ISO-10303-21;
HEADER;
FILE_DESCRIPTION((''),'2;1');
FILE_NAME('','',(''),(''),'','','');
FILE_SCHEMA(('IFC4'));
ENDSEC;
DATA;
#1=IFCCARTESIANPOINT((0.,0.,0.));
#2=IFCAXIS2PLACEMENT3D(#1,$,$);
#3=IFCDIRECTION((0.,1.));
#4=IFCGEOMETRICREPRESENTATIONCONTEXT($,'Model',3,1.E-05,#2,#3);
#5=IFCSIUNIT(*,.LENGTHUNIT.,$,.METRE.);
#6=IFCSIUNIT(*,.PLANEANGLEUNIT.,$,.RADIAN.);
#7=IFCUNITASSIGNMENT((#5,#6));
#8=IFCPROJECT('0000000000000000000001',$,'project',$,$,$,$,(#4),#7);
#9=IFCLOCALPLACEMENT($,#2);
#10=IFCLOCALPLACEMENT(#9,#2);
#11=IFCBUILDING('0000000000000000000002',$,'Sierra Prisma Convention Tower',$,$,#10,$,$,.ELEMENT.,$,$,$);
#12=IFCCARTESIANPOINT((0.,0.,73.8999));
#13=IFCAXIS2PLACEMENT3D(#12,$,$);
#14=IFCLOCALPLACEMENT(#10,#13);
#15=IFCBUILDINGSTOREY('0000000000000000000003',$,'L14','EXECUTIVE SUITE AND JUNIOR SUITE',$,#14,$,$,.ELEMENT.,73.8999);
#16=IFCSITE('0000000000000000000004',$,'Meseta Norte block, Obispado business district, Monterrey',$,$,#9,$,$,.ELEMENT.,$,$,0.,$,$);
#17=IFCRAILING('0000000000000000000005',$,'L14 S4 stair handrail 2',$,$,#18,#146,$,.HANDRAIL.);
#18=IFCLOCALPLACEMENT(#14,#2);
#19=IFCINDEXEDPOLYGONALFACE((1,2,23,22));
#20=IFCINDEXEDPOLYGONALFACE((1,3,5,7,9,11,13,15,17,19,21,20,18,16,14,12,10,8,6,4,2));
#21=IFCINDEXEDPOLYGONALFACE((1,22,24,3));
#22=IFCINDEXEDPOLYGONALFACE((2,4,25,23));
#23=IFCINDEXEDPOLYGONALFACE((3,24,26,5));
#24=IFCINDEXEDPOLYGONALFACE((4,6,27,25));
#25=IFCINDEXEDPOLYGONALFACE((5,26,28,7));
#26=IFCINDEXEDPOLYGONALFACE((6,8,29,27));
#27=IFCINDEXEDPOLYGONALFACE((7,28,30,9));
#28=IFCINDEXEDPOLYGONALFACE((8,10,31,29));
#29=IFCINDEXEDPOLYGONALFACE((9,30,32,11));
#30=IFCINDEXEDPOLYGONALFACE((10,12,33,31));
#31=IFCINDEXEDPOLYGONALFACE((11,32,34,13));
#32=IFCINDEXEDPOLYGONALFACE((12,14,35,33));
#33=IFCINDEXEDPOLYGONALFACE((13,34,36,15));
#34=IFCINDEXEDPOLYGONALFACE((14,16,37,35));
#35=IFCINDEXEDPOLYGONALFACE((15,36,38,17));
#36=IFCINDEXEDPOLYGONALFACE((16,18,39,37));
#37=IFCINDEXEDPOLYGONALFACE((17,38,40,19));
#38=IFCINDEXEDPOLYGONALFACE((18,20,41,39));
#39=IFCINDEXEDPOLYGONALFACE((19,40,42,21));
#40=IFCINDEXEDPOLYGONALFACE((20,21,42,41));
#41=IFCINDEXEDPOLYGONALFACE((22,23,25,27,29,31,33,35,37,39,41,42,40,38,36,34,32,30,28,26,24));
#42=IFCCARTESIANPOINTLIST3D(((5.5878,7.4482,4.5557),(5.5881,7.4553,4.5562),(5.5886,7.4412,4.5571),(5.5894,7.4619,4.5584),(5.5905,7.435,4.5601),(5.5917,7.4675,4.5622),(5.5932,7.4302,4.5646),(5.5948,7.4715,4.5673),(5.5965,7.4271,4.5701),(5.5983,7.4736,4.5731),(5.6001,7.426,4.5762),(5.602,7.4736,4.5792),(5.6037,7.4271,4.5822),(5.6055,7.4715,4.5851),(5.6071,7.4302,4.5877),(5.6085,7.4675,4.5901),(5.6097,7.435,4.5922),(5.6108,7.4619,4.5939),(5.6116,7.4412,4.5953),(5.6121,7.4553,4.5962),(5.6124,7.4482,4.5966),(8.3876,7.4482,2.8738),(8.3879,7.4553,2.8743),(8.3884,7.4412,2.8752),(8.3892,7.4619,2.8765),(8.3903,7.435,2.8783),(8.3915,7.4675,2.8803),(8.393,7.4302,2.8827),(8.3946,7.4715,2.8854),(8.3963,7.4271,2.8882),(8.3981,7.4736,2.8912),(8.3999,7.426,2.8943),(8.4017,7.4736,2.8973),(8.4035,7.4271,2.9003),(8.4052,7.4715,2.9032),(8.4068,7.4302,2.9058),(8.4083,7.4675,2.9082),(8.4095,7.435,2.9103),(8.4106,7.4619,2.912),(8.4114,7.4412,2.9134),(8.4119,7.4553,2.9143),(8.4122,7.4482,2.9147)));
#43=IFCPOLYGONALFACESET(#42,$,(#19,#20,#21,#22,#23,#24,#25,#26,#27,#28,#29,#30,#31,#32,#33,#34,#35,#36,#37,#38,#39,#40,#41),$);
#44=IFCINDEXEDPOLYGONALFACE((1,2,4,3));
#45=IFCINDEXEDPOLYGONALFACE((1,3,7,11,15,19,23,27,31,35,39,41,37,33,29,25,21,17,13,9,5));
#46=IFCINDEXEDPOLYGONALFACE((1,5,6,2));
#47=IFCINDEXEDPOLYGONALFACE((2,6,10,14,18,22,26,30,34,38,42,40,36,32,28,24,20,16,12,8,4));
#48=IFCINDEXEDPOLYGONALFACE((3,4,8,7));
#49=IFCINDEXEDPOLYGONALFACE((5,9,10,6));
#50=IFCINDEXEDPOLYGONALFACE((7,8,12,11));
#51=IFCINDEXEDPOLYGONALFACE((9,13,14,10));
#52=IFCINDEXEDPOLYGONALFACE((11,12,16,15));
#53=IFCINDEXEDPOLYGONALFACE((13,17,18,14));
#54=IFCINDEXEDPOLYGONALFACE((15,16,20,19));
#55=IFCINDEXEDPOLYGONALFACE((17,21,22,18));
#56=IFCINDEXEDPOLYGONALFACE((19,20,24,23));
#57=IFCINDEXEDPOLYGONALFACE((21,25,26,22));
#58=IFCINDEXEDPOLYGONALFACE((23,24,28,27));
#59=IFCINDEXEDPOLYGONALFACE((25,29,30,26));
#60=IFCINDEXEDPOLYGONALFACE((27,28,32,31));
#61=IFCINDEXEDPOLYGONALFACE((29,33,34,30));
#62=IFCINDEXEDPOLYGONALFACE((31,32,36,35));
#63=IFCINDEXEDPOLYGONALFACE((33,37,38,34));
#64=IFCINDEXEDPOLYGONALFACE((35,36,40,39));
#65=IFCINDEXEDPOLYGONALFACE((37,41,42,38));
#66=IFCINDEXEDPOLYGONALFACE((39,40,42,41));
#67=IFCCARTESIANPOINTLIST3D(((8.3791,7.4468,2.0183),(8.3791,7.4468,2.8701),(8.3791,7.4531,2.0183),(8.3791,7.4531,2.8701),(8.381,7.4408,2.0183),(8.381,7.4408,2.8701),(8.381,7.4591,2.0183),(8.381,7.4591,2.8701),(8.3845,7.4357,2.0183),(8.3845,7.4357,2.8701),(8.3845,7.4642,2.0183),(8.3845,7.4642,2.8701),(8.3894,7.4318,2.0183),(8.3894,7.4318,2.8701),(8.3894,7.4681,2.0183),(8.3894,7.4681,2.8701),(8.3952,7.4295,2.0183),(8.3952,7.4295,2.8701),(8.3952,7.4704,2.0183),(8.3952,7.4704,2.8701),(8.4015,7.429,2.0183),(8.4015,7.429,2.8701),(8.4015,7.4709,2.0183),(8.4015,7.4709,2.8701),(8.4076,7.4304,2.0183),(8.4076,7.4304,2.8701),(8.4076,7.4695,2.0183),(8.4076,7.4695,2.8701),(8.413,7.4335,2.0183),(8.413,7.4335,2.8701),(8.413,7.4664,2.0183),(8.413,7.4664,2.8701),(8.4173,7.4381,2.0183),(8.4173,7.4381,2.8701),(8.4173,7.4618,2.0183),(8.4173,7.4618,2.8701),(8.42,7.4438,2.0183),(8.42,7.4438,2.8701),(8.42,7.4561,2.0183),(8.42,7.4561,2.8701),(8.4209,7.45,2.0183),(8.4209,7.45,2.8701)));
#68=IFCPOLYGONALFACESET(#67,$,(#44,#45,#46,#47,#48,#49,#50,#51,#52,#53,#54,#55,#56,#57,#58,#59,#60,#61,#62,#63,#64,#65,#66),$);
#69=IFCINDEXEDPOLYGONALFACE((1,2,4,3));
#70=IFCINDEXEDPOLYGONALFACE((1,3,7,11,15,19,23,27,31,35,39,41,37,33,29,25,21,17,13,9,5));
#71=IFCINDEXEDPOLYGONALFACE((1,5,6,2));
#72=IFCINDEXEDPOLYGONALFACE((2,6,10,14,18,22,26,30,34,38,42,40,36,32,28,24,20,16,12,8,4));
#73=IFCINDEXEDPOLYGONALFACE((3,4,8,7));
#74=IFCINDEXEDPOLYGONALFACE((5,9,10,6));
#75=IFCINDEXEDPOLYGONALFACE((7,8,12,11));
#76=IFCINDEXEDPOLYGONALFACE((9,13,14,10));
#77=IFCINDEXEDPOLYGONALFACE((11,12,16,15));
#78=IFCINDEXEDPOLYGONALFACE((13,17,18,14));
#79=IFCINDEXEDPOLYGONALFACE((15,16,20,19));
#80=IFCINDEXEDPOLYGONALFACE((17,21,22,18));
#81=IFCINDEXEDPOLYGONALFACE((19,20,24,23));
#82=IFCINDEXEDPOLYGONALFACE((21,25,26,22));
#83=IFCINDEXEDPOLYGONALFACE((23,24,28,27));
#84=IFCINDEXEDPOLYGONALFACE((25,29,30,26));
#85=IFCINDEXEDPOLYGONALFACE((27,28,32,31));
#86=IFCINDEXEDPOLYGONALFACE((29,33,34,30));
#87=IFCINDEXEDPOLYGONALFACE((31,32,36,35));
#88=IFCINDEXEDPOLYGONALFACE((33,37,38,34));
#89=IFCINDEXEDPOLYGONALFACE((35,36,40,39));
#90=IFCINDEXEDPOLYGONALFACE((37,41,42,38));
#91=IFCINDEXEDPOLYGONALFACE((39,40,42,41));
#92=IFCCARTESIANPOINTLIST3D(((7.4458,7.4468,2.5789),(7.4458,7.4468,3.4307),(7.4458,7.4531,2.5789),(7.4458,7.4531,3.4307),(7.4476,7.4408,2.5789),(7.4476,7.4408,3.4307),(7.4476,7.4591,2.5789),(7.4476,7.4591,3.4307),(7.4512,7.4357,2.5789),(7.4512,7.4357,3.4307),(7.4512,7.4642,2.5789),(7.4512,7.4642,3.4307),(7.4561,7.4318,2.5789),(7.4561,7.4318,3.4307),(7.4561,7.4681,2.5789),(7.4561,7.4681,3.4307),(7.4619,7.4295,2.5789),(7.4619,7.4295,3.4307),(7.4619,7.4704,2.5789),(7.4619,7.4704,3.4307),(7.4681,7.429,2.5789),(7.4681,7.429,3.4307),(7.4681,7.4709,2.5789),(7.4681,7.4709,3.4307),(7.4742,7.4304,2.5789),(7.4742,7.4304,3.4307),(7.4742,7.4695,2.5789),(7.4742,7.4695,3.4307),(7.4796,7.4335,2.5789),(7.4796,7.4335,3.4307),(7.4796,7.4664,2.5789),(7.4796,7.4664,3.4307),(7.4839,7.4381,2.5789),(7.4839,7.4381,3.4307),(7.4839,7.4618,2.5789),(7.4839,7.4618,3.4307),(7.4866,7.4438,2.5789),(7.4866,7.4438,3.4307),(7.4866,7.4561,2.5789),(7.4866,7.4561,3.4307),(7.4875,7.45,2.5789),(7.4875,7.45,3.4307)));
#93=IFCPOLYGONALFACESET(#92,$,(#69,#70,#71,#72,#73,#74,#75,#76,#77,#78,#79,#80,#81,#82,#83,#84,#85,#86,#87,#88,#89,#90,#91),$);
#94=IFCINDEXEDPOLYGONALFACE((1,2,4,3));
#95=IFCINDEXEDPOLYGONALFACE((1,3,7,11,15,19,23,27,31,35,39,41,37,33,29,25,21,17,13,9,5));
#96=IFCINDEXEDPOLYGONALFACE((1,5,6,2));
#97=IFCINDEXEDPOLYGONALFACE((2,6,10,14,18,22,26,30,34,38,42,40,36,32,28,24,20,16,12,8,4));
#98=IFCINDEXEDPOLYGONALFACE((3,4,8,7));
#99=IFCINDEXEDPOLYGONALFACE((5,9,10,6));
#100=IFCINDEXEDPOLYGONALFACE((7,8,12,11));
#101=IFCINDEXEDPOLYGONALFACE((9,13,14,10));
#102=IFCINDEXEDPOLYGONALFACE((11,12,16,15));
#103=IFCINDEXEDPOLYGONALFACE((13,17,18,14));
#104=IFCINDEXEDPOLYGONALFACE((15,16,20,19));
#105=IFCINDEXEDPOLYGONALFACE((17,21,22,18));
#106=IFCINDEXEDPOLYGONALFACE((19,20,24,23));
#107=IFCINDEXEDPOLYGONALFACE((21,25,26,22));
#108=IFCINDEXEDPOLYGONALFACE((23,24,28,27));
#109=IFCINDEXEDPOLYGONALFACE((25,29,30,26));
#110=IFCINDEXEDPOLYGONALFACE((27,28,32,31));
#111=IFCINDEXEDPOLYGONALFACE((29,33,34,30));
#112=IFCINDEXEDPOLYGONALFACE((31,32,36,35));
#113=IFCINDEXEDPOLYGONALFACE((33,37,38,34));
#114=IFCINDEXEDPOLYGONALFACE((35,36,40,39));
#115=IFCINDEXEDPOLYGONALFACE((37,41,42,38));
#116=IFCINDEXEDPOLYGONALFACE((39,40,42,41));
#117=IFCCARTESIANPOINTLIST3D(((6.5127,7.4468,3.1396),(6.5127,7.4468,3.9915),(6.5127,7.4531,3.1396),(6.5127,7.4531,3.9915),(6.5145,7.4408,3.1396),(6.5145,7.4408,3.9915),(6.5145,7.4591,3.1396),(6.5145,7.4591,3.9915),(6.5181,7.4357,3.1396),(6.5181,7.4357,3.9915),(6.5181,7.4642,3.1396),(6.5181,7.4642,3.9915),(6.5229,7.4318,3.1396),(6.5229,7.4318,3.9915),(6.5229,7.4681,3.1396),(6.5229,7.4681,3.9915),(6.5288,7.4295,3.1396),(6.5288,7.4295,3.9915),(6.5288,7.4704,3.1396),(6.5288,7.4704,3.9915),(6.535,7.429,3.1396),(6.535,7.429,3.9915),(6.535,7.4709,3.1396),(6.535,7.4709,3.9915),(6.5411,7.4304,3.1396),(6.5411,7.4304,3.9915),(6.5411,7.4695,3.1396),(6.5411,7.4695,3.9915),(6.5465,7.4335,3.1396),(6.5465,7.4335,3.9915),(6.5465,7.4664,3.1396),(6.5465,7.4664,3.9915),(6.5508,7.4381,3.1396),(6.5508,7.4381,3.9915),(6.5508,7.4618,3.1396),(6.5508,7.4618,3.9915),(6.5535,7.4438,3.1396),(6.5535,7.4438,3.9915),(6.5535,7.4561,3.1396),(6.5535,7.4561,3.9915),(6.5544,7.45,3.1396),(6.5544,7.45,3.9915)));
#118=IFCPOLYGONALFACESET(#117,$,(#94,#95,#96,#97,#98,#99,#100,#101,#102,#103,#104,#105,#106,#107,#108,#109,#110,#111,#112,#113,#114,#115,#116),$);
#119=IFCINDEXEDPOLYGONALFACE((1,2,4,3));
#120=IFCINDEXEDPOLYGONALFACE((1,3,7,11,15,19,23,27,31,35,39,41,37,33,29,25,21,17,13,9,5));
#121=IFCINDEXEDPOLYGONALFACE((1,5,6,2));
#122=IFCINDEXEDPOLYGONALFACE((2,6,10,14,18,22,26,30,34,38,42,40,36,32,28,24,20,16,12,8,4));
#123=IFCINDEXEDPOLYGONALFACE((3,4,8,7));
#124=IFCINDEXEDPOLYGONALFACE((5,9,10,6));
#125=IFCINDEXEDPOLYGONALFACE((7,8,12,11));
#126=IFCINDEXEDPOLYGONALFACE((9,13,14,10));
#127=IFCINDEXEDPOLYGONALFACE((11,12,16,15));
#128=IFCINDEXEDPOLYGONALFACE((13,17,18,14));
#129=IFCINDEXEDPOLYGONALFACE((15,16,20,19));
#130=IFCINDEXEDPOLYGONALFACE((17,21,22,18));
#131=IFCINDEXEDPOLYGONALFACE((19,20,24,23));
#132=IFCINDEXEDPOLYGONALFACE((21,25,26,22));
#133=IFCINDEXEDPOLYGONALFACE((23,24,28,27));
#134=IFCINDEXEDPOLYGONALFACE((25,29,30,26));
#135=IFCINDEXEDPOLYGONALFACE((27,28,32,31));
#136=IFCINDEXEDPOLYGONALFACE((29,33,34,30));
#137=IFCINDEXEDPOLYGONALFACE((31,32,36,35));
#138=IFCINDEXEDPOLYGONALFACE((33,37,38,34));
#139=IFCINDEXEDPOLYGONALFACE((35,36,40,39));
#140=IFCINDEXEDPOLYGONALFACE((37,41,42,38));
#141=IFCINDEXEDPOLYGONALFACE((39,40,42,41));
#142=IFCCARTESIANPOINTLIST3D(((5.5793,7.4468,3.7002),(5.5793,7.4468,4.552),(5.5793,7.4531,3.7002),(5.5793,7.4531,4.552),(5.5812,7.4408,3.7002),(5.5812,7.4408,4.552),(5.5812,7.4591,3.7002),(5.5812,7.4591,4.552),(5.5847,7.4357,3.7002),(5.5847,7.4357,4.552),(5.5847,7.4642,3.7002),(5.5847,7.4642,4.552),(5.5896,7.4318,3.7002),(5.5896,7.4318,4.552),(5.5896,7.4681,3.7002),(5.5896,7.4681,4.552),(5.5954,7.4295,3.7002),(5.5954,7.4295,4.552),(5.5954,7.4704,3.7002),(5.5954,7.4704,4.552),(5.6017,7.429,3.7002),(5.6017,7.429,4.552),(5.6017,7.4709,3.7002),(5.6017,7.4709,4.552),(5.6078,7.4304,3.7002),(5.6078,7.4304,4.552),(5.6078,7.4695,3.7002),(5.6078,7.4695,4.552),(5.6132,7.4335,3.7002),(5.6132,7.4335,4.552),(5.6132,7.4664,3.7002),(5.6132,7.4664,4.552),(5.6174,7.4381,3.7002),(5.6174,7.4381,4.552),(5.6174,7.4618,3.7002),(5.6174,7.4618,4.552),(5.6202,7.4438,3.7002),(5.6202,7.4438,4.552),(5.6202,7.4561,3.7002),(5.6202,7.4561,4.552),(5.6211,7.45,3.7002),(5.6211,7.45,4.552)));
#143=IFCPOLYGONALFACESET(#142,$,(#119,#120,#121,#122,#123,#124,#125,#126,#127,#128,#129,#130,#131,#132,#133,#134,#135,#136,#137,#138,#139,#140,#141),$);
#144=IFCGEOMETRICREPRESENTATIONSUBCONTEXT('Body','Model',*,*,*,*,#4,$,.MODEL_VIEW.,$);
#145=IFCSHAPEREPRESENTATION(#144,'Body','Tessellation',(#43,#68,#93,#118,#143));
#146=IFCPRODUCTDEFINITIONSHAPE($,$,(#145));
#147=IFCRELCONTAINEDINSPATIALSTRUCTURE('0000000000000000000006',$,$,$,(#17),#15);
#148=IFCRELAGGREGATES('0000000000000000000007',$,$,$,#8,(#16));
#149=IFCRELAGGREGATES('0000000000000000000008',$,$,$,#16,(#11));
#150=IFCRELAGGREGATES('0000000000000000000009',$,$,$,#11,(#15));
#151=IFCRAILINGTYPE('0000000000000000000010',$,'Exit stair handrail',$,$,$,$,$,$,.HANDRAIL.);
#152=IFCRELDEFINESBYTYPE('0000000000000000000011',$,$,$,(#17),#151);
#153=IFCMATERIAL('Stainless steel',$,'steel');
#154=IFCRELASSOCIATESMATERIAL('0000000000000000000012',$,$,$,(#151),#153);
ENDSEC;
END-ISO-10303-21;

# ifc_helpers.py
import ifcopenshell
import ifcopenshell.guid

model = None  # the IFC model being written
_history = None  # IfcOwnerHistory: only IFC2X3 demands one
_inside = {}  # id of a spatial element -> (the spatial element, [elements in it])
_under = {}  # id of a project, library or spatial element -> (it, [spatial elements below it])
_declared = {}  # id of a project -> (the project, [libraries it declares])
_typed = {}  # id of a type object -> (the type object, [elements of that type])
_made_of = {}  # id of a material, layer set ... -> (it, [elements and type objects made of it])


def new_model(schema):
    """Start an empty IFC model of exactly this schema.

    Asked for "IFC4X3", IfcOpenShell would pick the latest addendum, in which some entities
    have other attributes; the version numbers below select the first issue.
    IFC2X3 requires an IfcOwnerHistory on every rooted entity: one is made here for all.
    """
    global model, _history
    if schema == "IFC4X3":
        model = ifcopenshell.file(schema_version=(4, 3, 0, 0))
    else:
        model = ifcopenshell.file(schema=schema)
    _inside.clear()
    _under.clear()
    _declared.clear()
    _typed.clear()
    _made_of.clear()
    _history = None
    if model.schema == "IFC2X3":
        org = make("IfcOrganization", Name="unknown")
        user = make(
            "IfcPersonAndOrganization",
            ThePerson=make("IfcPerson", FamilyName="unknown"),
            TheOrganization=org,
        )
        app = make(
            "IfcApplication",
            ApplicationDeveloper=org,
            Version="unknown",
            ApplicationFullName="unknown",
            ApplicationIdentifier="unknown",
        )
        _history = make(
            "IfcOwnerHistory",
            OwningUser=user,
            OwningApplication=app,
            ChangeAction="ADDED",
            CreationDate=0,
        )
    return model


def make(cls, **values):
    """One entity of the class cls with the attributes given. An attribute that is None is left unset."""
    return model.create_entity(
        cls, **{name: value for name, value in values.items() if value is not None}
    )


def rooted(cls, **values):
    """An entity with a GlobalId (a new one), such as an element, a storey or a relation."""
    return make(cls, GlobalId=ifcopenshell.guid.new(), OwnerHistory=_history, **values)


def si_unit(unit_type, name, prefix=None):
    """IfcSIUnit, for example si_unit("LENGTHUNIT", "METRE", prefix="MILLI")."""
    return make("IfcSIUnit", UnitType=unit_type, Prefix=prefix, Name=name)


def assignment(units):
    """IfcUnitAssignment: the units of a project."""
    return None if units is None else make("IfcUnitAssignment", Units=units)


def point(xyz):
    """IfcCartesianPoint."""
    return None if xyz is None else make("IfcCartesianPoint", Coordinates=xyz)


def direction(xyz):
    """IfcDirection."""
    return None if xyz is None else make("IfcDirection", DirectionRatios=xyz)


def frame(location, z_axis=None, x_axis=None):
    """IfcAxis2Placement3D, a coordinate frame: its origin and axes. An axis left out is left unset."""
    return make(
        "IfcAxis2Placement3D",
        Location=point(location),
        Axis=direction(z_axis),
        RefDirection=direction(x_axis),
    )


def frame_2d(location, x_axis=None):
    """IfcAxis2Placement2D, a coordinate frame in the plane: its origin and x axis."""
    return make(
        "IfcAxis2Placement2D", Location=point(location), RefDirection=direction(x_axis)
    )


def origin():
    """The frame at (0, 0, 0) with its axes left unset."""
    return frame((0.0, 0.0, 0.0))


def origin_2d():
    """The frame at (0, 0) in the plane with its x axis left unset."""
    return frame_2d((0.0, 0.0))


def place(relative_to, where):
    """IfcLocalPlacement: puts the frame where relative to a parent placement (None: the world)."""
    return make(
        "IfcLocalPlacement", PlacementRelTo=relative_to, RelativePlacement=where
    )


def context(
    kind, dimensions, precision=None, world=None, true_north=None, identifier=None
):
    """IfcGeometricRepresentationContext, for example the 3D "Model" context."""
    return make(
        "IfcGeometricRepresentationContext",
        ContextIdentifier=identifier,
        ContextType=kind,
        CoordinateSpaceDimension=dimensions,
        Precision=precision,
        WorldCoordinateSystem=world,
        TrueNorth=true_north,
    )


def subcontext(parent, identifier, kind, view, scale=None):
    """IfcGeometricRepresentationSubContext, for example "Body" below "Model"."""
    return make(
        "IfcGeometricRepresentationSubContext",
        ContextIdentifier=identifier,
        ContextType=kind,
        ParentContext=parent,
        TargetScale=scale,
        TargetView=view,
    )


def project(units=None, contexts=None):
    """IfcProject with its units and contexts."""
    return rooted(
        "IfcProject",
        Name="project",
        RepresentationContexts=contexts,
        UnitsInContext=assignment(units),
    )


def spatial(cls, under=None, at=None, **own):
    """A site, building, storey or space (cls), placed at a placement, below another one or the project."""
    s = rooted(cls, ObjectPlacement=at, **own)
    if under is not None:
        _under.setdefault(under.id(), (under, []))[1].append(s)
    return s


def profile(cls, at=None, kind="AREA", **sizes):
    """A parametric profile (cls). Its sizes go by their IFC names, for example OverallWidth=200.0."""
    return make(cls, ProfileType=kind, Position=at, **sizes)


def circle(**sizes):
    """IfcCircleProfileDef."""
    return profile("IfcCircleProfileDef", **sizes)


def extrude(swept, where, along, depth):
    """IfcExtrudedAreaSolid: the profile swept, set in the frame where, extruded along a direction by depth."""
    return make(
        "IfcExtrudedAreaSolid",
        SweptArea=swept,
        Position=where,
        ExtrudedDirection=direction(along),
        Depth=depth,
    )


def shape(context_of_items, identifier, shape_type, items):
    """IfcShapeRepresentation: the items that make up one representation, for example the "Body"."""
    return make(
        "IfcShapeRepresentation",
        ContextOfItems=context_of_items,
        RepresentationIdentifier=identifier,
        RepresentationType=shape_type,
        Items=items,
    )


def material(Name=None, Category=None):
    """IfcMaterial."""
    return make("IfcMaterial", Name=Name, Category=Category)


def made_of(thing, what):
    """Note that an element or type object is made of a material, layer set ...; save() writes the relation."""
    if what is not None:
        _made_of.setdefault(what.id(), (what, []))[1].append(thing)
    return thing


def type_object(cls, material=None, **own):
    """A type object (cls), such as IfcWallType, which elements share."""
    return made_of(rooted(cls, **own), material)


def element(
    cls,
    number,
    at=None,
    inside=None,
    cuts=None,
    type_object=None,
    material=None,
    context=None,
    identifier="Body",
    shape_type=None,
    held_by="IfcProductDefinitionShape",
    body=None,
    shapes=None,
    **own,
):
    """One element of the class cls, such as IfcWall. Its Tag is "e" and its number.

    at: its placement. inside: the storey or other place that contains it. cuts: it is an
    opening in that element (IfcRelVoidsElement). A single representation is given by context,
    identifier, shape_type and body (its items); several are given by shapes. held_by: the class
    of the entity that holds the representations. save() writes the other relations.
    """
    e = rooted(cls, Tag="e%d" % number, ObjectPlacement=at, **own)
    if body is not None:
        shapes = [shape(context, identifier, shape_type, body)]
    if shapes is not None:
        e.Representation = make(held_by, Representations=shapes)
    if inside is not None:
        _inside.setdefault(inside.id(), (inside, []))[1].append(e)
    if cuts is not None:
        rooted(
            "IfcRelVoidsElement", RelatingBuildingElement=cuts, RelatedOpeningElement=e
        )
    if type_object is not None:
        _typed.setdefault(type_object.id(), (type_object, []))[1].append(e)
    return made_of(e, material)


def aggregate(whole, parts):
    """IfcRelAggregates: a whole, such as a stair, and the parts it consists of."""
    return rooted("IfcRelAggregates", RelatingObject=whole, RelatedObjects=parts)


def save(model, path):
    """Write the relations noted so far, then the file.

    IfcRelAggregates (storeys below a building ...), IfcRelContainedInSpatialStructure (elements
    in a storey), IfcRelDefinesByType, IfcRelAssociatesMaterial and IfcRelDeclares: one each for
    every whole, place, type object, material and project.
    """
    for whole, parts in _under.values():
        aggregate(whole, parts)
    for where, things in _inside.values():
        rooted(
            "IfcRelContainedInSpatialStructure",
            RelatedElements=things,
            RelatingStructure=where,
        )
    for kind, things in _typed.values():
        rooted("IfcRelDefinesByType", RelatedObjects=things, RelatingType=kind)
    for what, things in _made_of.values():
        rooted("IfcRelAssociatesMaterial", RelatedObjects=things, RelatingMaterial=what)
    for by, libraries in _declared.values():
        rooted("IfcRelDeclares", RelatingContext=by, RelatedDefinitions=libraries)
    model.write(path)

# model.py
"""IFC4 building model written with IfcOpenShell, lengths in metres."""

from ifc_helpers import new_model, si_unit, direction, frame, origin, origin_2d, place, context, subcontext, project, spatial, circle, extrude, material, type_object, element, save


model = new_model("IFC4")

# Units and contexts
model_context = context("Model", 3, precision=1e-05, world=origin(), true_north=direction((0.0, 1.0)))
body_context = subcontext(model_context, "Body", "Model", "MODEL_VIEW")
ifc_project = project(units=[si_unit("LENGTHUNIT", "METRE"), si_unit("PLANEANGLEUNIT", "RADIAN")], contexts=[model_context])

# Site, building, storey
site_placement = place(None, origin())
site = spatial("IfcSite", under=ifc_project, at=site_placement, Name="Meseta Norte block, Obispado business district, Monterrey", CompositionType="ELEMENT", RefElevation=0.0)
building_placement = place(site_placement, origin())
building = spatial("IfcBuilding", under=site, at=building_placement, Name="Sierra Prisma Convention Tower", CompositionType="ELEMENT")
storey_placement = place(building_placement, frame((0.0, 0.0, 73.8999)))
storey = spatial("IfcBuildingStorey", under=building, at=storey_placement, Name="L14", Description="EXECUTIVE SUITE AND JUNIOR SUITE", CompositionType="ELEMENT", Elevation=73.8999)

# Railing
ifc_material_1 = material(Name="Stainless steel", Category="steel")
railing_type_1 = type_object("IfcRailingType", Name="Exit stair handrail", PredefinedType="HANDRAIL", material=ifc_material_1)
railing_1_placement = place(storey_placement, frame((8.3999, 7.45, 2.0183)))
element("IfcRailing", 1, at=railing_1_placement, inside=storey, type_object=railing_type_1, Name="L14 S4 stair handrail 2", PredefinedType="HANDRAIL", context=body_context, shape_type="SweptSolid", body=[
    extrude(circle(Radius=0.0239, at=origin_2d()), frame((0.0, 0.0, 0.876), z_axis=(-0.857222, 0.0, 0.514946), x_axis=(0.0, -1.0, 0.0)), (0.0, 0.0, 1.0), 3.2661),
    extrude(circle(Radius=0.021, at=origin_2d()), origin(), (0.0, 0.0, 1.0), 0.8518),
    extrude(circle(Radius=0.021, at=origin_2d()), frame((-0.9333, 0.0, 0.5605)), (0.0, 0.0, 1.0), 0.8518),
    extrude(circle(Radius=0.021, at=origin_2d()), frame((-1.8665, 0.0, 1.1213)), (0.0, 0.0, 1.0), 0.8518),
    extrude(circle(Radius=0.021, at=origin_2d()), frame((-2.7998, 0.0, 1.6819)), (0.0, 0.0, 1.0), 0.8518),
])

save(model, "model.ifc")
